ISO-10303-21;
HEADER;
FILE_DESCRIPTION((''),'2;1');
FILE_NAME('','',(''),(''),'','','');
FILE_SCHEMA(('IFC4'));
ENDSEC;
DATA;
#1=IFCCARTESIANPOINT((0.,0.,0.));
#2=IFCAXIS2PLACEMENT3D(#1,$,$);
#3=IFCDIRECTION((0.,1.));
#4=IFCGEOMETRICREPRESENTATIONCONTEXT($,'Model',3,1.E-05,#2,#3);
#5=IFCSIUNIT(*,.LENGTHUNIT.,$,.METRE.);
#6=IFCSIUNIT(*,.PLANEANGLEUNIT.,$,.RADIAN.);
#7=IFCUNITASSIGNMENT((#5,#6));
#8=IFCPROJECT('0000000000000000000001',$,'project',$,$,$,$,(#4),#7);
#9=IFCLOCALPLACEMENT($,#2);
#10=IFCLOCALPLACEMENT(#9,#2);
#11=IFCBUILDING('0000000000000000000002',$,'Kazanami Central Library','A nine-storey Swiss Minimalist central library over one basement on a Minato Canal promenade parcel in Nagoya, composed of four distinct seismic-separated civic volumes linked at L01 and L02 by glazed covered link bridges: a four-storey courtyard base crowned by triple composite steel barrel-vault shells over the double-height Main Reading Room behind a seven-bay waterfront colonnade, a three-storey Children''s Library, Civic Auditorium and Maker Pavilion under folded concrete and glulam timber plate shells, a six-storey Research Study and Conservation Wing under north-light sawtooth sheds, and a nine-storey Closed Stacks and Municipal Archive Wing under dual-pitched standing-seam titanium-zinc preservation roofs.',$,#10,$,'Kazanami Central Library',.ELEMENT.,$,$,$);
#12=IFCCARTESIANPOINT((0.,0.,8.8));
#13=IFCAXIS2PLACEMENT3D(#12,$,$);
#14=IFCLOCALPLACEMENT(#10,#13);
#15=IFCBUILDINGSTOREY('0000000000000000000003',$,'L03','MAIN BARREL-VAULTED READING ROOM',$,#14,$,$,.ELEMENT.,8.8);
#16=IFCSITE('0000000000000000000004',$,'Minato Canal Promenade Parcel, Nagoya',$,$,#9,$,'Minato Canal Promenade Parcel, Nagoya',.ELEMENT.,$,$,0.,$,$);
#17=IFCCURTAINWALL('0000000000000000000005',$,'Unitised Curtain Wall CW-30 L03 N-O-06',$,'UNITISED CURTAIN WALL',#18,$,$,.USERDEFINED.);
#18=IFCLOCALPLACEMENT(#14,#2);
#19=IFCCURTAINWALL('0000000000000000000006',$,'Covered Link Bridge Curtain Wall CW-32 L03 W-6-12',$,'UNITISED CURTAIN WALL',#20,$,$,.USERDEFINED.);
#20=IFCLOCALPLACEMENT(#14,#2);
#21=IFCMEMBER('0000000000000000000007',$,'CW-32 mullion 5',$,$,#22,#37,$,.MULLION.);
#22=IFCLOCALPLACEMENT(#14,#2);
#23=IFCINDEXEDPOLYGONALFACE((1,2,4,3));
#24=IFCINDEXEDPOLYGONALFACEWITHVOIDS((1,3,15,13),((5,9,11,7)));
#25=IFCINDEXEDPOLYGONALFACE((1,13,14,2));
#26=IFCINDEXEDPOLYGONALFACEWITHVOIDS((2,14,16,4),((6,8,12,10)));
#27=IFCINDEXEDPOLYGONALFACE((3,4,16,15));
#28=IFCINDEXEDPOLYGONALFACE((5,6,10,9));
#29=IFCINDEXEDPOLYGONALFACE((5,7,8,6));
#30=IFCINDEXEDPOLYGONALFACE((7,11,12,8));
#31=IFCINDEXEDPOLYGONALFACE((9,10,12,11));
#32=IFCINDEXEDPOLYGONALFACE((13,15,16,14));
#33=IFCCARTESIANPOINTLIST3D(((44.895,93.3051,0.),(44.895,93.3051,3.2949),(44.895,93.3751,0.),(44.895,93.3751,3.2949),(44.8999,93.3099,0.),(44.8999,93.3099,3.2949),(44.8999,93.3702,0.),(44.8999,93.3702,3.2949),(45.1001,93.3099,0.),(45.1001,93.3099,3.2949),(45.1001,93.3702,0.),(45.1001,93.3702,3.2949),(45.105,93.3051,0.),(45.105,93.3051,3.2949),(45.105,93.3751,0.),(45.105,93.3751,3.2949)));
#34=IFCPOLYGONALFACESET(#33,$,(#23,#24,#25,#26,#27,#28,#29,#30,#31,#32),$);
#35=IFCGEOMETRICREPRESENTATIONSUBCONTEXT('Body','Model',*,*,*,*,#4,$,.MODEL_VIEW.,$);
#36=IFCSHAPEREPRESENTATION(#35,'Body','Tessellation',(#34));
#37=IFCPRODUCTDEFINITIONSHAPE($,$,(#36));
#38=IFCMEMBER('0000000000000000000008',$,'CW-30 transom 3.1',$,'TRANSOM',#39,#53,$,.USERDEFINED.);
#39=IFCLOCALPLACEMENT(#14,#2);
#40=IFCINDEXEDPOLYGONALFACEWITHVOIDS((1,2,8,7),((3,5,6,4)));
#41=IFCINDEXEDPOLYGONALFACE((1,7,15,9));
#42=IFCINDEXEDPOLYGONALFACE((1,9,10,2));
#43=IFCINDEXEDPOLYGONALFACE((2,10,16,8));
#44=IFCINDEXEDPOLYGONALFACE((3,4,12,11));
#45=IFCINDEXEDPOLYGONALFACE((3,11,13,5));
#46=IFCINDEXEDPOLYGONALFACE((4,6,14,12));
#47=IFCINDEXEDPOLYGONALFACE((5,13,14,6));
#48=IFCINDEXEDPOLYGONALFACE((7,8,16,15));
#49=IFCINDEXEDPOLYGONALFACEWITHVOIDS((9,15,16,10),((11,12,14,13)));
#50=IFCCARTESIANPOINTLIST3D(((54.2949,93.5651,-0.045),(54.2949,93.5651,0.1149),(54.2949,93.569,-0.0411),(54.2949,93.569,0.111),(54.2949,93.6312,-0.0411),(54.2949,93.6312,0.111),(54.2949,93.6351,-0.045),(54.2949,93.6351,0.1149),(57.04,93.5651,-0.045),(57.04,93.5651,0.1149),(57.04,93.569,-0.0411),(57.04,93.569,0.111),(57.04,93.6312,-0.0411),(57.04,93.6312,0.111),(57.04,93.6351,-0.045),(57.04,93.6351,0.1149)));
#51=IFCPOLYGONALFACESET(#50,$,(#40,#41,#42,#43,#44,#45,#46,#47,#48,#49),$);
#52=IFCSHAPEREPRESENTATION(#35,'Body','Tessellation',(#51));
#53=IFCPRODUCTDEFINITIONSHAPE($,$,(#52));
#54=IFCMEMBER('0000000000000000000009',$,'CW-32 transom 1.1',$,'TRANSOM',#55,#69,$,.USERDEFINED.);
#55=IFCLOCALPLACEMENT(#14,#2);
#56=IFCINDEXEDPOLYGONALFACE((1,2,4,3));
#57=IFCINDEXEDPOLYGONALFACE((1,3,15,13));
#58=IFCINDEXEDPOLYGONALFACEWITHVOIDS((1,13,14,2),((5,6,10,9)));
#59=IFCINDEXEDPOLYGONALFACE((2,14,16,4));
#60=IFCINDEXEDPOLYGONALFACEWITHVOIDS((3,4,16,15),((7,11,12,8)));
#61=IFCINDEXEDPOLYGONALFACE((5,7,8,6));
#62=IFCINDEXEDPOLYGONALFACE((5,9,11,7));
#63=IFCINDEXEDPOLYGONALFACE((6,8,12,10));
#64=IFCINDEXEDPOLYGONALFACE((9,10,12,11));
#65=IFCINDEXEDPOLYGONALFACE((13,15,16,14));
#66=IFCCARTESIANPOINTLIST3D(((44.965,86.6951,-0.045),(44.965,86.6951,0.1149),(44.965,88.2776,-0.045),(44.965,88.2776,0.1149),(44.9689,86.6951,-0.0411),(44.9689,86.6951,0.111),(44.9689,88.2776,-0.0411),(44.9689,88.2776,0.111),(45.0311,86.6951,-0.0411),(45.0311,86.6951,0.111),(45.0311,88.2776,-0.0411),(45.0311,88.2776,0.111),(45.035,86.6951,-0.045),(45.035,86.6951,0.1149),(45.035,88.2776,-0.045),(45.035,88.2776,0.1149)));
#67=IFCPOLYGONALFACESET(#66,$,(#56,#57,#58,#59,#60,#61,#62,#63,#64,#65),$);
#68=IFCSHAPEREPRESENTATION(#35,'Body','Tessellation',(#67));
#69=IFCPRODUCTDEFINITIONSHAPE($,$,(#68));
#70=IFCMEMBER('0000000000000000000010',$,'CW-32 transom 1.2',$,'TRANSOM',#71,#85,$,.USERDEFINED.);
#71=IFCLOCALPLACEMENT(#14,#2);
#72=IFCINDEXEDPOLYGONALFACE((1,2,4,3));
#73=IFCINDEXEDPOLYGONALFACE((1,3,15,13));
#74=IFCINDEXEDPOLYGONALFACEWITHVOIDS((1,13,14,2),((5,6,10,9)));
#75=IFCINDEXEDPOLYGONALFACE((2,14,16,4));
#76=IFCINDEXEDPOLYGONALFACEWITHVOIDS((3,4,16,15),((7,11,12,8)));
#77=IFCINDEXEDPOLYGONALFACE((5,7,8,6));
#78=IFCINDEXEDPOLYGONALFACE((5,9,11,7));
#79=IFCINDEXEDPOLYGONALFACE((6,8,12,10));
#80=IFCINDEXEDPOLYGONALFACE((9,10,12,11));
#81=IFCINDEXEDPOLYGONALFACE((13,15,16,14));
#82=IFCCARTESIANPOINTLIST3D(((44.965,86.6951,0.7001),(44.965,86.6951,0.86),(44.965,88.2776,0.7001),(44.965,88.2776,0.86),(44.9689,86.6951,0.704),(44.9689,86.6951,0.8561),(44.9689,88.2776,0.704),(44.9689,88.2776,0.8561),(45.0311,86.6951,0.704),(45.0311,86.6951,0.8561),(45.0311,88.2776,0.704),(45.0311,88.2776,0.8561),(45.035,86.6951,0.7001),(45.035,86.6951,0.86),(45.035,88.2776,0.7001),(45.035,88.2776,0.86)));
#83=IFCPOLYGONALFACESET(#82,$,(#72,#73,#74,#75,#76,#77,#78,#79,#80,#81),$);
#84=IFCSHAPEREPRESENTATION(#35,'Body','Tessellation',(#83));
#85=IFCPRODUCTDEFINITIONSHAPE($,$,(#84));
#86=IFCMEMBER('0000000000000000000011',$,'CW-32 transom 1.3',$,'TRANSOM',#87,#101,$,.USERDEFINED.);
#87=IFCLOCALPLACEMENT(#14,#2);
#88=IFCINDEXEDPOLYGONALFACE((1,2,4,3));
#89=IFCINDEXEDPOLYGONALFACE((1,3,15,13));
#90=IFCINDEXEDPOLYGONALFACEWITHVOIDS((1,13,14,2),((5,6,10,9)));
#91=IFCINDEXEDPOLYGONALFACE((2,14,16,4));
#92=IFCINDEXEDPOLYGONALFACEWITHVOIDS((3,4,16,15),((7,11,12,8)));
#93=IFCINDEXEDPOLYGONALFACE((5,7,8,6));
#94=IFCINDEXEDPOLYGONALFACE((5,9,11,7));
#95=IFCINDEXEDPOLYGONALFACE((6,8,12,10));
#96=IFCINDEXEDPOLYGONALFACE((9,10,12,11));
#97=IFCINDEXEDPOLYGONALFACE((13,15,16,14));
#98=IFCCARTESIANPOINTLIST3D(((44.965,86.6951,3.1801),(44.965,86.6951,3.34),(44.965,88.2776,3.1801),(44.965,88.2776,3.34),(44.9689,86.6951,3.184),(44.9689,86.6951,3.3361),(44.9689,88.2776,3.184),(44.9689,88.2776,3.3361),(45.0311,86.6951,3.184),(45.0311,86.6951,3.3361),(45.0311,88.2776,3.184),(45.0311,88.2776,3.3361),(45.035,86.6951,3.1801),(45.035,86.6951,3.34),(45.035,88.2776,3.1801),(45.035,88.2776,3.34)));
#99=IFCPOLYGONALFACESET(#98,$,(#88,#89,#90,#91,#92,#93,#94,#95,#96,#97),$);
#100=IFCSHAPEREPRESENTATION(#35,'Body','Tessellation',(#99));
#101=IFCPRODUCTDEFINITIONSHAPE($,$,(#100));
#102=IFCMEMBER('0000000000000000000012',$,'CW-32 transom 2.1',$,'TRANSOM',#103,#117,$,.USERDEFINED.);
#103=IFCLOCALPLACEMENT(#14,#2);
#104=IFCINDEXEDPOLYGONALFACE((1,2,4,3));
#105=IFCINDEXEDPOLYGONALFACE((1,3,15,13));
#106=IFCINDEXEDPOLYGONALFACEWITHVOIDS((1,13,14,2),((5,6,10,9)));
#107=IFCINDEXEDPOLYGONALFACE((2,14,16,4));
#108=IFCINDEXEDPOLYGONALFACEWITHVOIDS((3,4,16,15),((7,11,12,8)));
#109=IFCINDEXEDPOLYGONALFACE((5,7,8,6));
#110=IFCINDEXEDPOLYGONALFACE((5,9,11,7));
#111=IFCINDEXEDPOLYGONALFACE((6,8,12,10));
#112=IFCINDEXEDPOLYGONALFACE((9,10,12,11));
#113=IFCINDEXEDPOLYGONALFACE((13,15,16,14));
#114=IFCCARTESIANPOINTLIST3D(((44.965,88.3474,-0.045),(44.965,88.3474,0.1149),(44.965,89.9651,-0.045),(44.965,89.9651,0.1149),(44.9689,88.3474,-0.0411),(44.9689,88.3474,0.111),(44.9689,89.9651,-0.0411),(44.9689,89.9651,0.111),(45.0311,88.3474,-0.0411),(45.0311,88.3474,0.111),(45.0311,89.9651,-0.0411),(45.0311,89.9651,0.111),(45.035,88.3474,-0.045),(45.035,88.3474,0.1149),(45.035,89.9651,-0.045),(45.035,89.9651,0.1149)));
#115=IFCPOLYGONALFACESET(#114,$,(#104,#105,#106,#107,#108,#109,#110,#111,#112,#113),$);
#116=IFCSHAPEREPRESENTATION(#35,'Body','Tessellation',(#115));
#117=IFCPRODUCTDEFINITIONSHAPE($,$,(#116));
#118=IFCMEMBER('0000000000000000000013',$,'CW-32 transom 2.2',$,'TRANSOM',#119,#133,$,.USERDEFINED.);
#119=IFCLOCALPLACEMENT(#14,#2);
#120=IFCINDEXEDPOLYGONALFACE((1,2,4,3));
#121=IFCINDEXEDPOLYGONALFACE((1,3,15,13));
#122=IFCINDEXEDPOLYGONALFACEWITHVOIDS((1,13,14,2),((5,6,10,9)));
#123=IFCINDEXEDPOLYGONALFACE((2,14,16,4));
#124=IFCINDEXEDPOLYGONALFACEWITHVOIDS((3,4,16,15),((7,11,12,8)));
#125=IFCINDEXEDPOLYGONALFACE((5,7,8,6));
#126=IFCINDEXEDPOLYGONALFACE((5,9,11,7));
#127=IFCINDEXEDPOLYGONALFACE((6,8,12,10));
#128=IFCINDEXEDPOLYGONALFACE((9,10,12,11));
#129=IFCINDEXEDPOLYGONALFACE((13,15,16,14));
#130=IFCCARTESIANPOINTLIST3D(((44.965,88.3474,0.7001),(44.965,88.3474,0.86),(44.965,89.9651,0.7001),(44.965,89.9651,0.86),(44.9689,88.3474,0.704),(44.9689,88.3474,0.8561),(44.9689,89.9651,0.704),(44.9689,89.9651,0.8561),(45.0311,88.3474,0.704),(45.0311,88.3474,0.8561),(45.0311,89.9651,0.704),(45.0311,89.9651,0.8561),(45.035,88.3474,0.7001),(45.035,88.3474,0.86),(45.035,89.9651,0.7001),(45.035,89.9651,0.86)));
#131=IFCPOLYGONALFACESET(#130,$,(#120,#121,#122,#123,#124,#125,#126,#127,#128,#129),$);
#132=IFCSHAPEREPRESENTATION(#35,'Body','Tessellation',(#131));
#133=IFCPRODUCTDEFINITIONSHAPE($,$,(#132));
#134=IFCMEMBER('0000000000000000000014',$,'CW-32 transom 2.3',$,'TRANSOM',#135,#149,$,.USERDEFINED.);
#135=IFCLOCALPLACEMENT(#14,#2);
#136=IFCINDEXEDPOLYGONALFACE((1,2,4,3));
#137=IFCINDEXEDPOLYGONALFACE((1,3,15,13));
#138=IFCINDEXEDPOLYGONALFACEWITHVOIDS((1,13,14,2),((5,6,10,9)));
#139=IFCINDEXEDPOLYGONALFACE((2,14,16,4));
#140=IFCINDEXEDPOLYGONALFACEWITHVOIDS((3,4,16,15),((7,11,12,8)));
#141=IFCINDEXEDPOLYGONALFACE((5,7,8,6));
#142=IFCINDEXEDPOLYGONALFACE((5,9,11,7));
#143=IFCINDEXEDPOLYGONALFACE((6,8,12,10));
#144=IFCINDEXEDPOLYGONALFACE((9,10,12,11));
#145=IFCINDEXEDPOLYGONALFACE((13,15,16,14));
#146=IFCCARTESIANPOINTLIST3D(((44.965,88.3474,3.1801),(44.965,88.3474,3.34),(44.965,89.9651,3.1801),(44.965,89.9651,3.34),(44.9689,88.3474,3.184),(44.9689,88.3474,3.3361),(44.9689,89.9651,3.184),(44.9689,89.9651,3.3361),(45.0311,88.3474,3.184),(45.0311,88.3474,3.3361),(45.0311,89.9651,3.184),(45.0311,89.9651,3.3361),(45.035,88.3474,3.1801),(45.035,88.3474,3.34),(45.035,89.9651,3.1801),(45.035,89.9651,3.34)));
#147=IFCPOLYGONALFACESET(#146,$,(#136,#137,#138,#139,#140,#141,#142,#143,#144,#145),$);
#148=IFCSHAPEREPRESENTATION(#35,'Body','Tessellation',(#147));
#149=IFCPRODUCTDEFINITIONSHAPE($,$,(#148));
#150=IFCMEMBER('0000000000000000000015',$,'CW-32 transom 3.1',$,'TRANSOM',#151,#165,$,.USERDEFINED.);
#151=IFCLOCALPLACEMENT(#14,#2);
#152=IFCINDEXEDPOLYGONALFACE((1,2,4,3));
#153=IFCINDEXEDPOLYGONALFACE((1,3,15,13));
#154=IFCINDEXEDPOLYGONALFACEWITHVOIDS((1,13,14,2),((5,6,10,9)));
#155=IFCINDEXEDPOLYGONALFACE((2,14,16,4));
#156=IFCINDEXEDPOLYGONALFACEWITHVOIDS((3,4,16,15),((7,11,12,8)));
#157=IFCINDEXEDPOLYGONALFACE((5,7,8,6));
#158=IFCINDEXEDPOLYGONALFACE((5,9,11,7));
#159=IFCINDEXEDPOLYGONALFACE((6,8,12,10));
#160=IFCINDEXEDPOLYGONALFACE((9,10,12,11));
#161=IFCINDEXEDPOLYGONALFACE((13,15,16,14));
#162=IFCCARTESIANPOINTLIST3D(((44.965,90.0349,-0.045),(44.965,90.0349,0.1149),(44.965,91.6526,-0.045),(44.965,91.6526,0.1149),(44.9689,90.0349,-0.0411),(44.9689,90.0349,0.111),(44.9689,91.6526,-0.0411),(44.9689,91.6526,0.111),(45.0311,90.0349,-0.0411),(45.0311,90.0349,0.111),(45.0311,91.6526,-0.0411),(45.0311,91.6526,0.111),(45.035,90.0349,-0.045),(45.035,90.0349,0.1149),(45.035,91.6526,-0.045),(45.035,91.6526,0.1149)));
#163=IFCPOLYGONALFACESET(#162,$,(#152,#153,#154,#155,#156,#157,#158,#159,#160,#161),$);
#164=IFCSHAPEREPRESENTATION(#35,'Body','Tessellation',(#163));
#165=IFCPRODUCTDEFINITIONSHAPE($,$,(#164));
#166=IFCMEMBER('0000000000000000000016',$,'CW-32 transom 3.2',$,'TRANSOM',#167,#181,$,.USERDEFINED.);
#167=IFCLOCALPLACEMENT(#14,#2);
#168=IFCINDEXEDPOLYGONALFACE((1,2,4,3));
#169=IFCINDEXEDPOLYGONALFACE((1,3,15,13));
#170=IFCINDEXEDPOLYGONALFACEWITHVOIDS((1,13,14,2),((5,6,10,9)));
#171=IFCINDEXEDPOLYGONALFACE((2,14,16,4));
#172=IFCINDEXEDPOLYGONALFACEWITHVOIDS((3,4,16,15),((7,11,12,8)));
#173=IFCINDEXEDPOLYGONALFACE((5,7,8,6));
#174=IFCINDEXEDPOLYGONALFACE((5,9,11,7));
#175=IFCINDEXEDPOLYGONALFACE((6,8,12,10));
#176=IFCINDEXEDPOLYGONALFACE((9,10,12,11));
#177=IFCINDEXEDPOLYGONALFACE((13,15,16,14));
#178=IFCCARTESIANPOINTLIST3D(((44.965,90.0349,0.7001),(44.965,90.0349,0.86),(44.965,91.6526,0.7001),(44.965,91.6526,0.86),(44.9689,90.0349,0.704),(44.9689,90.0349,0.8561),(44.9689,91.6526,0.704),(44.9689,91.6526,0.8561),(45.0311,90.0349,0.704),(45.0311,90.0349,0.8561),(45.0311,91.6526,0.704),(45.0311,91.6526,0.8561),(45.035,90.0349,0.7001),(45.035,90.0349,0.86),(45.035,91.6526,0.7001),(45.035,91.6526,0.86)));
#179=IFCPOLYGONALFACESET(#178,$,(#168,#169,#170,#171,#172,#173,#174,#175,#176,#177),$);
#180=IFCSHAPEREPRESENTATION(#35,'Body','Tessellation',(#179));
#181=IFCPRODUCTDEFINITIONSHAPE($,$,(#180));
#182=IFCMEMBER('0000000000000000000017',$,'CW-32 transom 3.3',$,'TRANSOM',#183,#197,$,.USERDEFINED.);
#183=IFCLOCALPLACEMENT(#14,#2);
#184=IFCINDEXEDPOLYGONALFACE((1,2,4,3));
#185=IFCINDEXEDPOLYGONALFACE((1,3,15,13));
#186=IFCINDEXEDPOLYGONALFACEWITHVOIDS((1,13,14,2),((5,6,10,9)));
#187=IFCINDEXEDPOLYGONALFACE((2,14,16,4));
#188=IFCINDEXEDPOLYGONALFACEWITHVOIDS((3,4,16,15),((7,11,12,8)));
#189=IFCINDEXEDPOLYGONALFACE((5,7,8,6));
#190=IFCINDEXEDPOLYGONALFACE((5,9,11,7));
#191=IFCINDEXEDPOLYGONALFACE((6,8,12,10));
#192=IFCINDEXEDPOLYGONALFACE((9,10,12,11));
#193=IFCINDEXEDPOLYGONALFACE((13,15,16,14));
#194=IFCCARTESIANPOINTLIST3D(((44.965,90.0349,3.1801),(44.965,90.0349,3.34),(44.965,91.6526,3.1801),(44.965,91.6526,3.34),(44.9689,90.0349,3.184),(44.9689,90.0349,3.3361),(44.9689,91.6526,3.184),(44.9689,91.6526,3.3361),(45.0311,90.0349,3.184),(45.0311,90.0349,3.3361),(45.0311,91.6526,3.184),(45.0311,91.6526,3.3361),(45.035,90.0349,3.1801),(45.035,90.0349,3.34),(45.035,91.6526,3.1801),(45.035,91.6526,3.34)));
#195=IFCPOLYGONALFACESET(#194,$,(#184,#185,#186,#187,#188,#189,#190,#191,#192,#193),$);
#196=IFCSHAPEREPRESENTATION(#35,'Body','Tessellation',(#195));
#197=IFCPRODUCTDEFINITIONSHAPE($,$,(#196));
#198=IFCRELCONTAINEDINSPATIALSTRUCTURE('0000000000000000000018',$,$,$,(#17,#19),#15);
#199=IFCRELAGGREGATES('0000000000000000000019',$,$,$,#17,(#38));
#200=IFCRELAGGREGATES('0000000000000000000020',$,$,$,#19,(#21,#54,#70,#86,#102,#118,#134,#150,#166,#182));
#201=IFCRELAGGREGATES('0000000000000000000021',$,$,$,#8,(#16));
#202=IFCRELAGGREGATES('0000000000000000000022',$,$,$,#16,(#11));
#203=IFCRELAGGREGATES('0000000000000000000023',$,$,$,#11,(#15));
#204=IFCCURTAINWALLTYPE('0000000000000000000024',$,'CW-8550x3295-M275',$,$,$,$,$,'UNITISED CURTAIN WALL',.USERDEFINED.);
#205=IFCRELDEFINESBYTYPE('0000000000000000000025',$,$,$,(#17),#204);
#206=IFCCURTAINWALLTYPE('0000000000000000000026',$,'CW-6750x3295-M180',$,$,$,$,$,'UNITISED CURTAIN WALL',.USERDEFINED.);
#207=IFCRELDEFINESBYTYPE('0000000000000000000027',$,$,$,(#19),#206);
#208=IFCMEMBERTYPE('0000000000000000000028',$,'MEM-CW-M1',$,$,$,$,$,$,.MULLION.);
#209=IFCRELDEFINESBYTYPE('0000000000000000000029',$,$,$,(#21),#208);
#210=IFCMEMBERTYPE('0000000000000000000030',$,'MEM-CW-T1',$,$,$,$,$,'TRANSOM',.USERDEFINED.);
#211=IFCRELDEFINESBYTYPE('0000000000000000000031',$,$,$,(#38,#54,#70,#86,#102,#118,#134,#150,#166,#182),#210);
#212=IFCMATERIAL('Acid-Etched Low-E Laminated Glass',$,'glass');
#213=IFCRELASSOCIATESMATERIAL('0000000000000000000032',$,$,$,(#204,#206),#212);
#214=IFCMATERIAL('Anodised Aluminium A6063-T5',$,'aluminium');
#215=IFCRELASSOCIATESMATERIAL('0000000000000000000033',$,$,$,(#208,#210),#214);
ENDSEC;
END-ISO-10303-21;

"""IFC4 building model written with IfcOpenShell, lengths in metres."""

from ifc_helpers import new_model, si_unit, direction, frame, origin, origin_2d, place, context, subcontext, project, spatial, hollow_rectangle, extrude, material, material_profile, profile_set, type_object, element, aggregate, save


model = new_model("IFC4")

# Units and contexts
model_context = context("Model", 3, precision=1e-05, world=origin(), true_north=direction((0.0, 1.0)))
body_context = subcontext(model_context, "Body", "Model", "MODEL_VIEW")
ifc_project = project(units=[si_unit("LENGTHUNIT", "METRE"), si_unit("PLANEANGLEUNIT", "RADIAN")], contexts=[model_context])

# Site, building, storey
site_placement = place(None, origin())
site = spatial("IfcSite", under=ifc_project, at=site_placement, Name="Minato Canal Promenade Parcel, Nagoya", LongName="Minato Canal Promenade Parcel, Nagoya", CompositionType="ELEMENT", RefElevation=0.0)
building_placement = place(site_placement, origin())
building = spatial("IfcBuilding", under=site, at=building_placement, Name="Kazanami Central Library", Description="A nine-storey Swiss Minimalist central library over one basement on a Minato Canal promenade parcel in Nagoya, composed of four distinct seismic-separated civic volumes linked at L01 and L02 by glazed covered link bridges: a four-storey courtyard base crowned by triple composite steel barrel-vault shells over the double-height Main Reading Room behind a seven-bay waterfront colonnade, a three-storey Children's Library, Civic Auditorium and Maker Pavilion under folded concrete and glulam timber plate shells, a six-storey Research Study and Conservation Wing under north-light sawtooth sheds, and a nine-storey Closed Stacks and Municipal Archive Wing under dual-pitched standing-seam titanium-zinc preservation roofs.", LongName="Kazanami Central Library", CompositionType="ELEMENT")
storey_placement = place(building_placement, frame((0.0, 0.0, 8.8)))
storey = spatial("IfcBuildingStorey", under=building, at=storey_placement, Name="L03", Description="MAIN BARREL-VAULTED READING ROOM", CompositionType="ELEMENT", Elevation=8.8)

# Curtain wall
ifc_material_1 = material(Name="Acid-Etched Low-E Laminated Glass", Category="glass")
curtain_wall_type_1 = type_object("IfcCurtainWallType", Name="CW-8550x3295-M275", ElementType="UNITISED CURTAIN WALL", PredefinedType="USERDEFINED", material=ifc_material_1)
curtain_wall_1_placement = place(storey_placement, origin())
curtain_wall_1 = element("IfcCurtainWall", 1, at=curtain_wall_1_placement, inside=storey, type_object=curtain_wall_type_1, Name="Unitised Curtain Wall CW-30 L03 N-O-06", ObjectType="UNITISED CURTAIN WALL", PredefinedType="USERDEFINED")
ifc_material_2 = material(Name="Anodised Aluminium A6063-T5", Category="aluminium")
ifc_material_profile_1 = material_profile(ifc_material_2, hollow_rectangle(XDim=0.0701, YDim=0.21, WallThickness=0.0049, at=origin_2d()), Name="ALU-MULL-70x210x5")
ifc_profile_set_1 = profile_set([ifc_material_profile_1], Name="Anodised Aluminium A6063-T5")
member_type_1 = type_object("IfcMemberType", Name="MEM-CW-M1", PredefinedType="MULLION", material=ifc_profile_set_1)

# Curtain wall, member
curtain_wall_type_2 = type_object("IfcCurtainWallType", Name="CW-6750x3295-M180", ElementType="UNITISED CURTAIN WALL", PredefinedType="USERDEFINED", material=ifc_material_1)
curtain_wall_2_placement = place(storey_placement, origin())
curtain_wall_2 = element("IfcCurtainWall", 2, at=curtain_wall_2_placement, inside=storey, type_object=curtain_wall_type_2, Name="Covered Link Bridge Curtain Wall CW-32 L03 W-6-12", ObjectType="UNITISED CURTAIN WALL", PredefinedType="USERDEFINED")
member_1_placement = place(storey_placement, frame((45.0, 93.3401, 0.0), z_axis=(0.0, 0.0, 1.0), x_axis=(0.0, 1.0, 0.0)))
member_1 = element("IfcMember", 3, at=member_1_placement, type_object=member_type_1, Name="CW-32 mullion 5", PredefinedType="MULLION", context=body_context, shape_type="SweptSolid", body=[
    extrude(hollow_rectangle(XDim=0.0701, YDim=0.21, WallThickness=0.0049, at=origin_2d()), origin(), (0.0, 0.0, 1.0), 3.2949),
])

# Members
ifc_material_profile_2 = material_profile(ifc_material_2, hollow_rectangle(XDim=0.0701, YDim=0.1599, WallThickness=0.0039, at=origin_2d()), Name="ALU-TRAN-70x160x4")
ifc_profile_set_2 = profile_set([ifc_material_profile_2], Name="Anodised Aluminium A6063-T5")
member_type_2 = type_object("IfcMemberType", Name="MEM-CW-T1", ElementType="TRANSOM", PredefinedType="USERDEFINED", material=ifc_profile_set_2)
member_2_placement = place(storey_placement, frame((57.04, 93.6001, 0.0349), z_axis=(-1.0, 0.0, 0.0), x_axis=(0.0, -1.0, 0.0)))
member_2 = element("IfcMember", 4, at=member_2_placement, type_object=member_type_2, Name="CW-30 transom 3.1", ObjectType="TRANSOM", PredefinedType="USERDEFINED", context=body_context, shape_type="SweptSolid", body=[
    extrude(hollow_rectangle(XDim=0.0701, YDim=0.1599, WallThickness=0.0039, at=origin_2d()), origin(), (0.0, 0.0, 1.0), 2.7451),
])
member_3_placement = place(storey_placement, frame((45.0, 86.6951, 0.0349), z_axis=(0.0, 1.0, 0.0), x_axis=(-1.0, 0.0, 0.0)))
member_3 = element("IfcMember", 5, at=member_3_placement, type_object=member_type_2, Name="CW-32 transom 1.1", ObjectType="TRANSOM", PredefinedType="USERDEFINED", context=body_context, shape_type="SweptSolid", body=[
    extrude(hollow_rectangle(XDim=0.0701, YDim=0.1599, WallThickness=0.0039, at=origin_2d()), origin(), (0.0, 0.0, 1.0), 1.5825),
])
member_4_placement = place(storey_placement, frame((45.0, 86.6951, 0.78), z_axis=(0.0, 1.0, 0.0), x_axis=(-1.0, 0.0, 0.0)))
member_4 = element("IfcMember", 6, at=member_4_placement, type_object=member_type_2, Name="CW-32 transom 1.2", ObjectType="TRANSOM", PredefinedType="USERDEFINED", context=body_context, shape_type="SweptSolid", body=[
    extrude(hollow_rectangle(XDim=0.0701, YDim=0.1599, WallThickness=0.0039, at=origin_2d()), origin(), (0.0, 0.0, 1.0), 1.5825),
])
member_5_placement = place(storey_placement, frame((45.0, 86.6951, 3.26), z_axis=(0.0, 1.0, 0.0), x_axis=(-1.0, 0.0, 0.0)))
member_5 = element("IfcMember", 7, at=member_5_placement, type_object=member_type_2, Name="CW-32 transom 1.3", ObjectType="TRANSOM", PredefinedType="USERDEFINED", context=body_context, shape_type="SweptSolid", body=[
    extrude(hollow_rectangle(XDim=0.0701, YDim=0.1599, WallThickness=0.0039, at=origin_2d()), origin(), (0.0, 0.0, 1.0), 1.5825),
])
member_6_placement = place(storey_placement, frame((45.0, 88.3474, 0.0349), z_axis=(0.0, 1.0, 0.0), x_axis=(-1.0, 0.0, 0.0)))
member_6 = element("IfcMember", 8, at=member_6_placement, type_object=member_type_2, Name="CW-32 transom 2.1", ObjectType="TRANSOM", PredefinedType="USERDEFINED", context=body_context, shape_type="SweptSolid", body=[
    extrude(hollow_rectangle(XDim=0.0701, YDim=0.1599, WallThickness=0.0039, at=origin_2d()), origin(), (0.0, 0.0, 1.0), 1.6177),
])
member_7_placement = place(storey_placement, frame((45.0, 88.3474, 0.78), z_axis=(0.0, 1.0, 0.0), x_axis=(-1.0, 0.0, 0.0)))
member_7 = element("IfcMember", 9, at=member_7_placement, type_object=member_type_2, Name="CW-32 transom 2.2", ObjectType="TRANSOM", PredefinedType="USERDEFINED", context=body_context, shape_type="SweptSolid", body=[
    extrude(hollow_rectangle(XDim=0.0701, YDim=0.1599, WallThickness=0.0039, at=origin_2d()), origin(), (0.0, 0.0, 1.0), 1.6177),
])
member_8_placement = place(storey_placement, frame((45.0, 88.3474, 3.26), z_axis=(0.0, 1.0, 0.0), x_axis=(-1.0, 0.0, 0.0)))
member_8 = element("IfcMember", 10, at=member_8_placement, type_object=member_type_2, Name="CW-32 transom 2.3", ObjectType="TRANSOM", PredefinedType="USERDEFINED", context=body_context, shape_type="SweptSolid", body=[
    extrude(hollow_rectangle(XDim=0.0701, YDim=0.1599, WallThickness=0.0039, at=origin_2d()), origin(), (0.0, 0.0, 1.0), 1.6177),
])
member_9_placement = place(storey_placement, frame((45.0, 90.0349, 0.0349), z_axis=(0.0, 1.0, 0.0), x_axis=(-1.0, 0.0, 0.0)))
member_9 = element("IfcMember", 11, at=member_9_placement, type_object=member_type_2, Name="CW-32 transom 3.1", ObjectType="TRANSOM", PredefinedType="USERDEFINED", context=body_context, shape_type="SweptSolid", body=[
    extrude(hollow_rectangle(XDim=0.0701, YDim=0.1599, WallThickness=0.0039, at=origin_2d()), origin(), (0.0, 0.0, 1.0), 1.6177),
])
member_10_placement = place(storey_placement, frame((45.0, 90.0349, 0.78), z_axis=(0.0, 1.0, 0.0), x_axis=(-1.0, 0.0, 0.0)))
member_10 = element("IfcMember", 12, at=member_10_placement, type_object=member_type_2, Name="CW-32 transom 3.2", ObjectType="TRANSOM", PredefinedType="USERDEFINED", context=body_context, shape_type="SweptSolid", body=[
    extrude(hollow_rectangle(XDim=0.0701, YDim=0.1599, WallThickness=0.0039, at=origin_2d()), origin(), (0.0, 0.0, 1.0), 1.6177),
])
member_11_placement = place(storey_placement, frame((45.0, 90.0349, 3.26), z_axis=(0.0, 1.0, 0.0), x_axis=(-1.0, 0.0, 0.0)))
member_11 = element("IfcMember", 13, at=member_11_placement, type_object=member_type_2, Name="CW-32 transom 3.3", ObjectType="TRANSOM", PredefinedType="USERDEFINED", context=body_context, shape_type="SweptSolid", body=[
    extrude(hollow_rectangle(XDim=0.0701, YDim=0.1599, WallThickness=0.0039, at=origin_2d()), origin(), (0.0, 0.0, 1.0), 1.6177),
])

aggregate(curtain_wall_1, [member_2])
aggregate(curtain_wall_2, [member_1, member_3, member_4, member_5, member_6, member_7, member_8, member_9, member_10, member_11])

save(model, "model.ifc")
